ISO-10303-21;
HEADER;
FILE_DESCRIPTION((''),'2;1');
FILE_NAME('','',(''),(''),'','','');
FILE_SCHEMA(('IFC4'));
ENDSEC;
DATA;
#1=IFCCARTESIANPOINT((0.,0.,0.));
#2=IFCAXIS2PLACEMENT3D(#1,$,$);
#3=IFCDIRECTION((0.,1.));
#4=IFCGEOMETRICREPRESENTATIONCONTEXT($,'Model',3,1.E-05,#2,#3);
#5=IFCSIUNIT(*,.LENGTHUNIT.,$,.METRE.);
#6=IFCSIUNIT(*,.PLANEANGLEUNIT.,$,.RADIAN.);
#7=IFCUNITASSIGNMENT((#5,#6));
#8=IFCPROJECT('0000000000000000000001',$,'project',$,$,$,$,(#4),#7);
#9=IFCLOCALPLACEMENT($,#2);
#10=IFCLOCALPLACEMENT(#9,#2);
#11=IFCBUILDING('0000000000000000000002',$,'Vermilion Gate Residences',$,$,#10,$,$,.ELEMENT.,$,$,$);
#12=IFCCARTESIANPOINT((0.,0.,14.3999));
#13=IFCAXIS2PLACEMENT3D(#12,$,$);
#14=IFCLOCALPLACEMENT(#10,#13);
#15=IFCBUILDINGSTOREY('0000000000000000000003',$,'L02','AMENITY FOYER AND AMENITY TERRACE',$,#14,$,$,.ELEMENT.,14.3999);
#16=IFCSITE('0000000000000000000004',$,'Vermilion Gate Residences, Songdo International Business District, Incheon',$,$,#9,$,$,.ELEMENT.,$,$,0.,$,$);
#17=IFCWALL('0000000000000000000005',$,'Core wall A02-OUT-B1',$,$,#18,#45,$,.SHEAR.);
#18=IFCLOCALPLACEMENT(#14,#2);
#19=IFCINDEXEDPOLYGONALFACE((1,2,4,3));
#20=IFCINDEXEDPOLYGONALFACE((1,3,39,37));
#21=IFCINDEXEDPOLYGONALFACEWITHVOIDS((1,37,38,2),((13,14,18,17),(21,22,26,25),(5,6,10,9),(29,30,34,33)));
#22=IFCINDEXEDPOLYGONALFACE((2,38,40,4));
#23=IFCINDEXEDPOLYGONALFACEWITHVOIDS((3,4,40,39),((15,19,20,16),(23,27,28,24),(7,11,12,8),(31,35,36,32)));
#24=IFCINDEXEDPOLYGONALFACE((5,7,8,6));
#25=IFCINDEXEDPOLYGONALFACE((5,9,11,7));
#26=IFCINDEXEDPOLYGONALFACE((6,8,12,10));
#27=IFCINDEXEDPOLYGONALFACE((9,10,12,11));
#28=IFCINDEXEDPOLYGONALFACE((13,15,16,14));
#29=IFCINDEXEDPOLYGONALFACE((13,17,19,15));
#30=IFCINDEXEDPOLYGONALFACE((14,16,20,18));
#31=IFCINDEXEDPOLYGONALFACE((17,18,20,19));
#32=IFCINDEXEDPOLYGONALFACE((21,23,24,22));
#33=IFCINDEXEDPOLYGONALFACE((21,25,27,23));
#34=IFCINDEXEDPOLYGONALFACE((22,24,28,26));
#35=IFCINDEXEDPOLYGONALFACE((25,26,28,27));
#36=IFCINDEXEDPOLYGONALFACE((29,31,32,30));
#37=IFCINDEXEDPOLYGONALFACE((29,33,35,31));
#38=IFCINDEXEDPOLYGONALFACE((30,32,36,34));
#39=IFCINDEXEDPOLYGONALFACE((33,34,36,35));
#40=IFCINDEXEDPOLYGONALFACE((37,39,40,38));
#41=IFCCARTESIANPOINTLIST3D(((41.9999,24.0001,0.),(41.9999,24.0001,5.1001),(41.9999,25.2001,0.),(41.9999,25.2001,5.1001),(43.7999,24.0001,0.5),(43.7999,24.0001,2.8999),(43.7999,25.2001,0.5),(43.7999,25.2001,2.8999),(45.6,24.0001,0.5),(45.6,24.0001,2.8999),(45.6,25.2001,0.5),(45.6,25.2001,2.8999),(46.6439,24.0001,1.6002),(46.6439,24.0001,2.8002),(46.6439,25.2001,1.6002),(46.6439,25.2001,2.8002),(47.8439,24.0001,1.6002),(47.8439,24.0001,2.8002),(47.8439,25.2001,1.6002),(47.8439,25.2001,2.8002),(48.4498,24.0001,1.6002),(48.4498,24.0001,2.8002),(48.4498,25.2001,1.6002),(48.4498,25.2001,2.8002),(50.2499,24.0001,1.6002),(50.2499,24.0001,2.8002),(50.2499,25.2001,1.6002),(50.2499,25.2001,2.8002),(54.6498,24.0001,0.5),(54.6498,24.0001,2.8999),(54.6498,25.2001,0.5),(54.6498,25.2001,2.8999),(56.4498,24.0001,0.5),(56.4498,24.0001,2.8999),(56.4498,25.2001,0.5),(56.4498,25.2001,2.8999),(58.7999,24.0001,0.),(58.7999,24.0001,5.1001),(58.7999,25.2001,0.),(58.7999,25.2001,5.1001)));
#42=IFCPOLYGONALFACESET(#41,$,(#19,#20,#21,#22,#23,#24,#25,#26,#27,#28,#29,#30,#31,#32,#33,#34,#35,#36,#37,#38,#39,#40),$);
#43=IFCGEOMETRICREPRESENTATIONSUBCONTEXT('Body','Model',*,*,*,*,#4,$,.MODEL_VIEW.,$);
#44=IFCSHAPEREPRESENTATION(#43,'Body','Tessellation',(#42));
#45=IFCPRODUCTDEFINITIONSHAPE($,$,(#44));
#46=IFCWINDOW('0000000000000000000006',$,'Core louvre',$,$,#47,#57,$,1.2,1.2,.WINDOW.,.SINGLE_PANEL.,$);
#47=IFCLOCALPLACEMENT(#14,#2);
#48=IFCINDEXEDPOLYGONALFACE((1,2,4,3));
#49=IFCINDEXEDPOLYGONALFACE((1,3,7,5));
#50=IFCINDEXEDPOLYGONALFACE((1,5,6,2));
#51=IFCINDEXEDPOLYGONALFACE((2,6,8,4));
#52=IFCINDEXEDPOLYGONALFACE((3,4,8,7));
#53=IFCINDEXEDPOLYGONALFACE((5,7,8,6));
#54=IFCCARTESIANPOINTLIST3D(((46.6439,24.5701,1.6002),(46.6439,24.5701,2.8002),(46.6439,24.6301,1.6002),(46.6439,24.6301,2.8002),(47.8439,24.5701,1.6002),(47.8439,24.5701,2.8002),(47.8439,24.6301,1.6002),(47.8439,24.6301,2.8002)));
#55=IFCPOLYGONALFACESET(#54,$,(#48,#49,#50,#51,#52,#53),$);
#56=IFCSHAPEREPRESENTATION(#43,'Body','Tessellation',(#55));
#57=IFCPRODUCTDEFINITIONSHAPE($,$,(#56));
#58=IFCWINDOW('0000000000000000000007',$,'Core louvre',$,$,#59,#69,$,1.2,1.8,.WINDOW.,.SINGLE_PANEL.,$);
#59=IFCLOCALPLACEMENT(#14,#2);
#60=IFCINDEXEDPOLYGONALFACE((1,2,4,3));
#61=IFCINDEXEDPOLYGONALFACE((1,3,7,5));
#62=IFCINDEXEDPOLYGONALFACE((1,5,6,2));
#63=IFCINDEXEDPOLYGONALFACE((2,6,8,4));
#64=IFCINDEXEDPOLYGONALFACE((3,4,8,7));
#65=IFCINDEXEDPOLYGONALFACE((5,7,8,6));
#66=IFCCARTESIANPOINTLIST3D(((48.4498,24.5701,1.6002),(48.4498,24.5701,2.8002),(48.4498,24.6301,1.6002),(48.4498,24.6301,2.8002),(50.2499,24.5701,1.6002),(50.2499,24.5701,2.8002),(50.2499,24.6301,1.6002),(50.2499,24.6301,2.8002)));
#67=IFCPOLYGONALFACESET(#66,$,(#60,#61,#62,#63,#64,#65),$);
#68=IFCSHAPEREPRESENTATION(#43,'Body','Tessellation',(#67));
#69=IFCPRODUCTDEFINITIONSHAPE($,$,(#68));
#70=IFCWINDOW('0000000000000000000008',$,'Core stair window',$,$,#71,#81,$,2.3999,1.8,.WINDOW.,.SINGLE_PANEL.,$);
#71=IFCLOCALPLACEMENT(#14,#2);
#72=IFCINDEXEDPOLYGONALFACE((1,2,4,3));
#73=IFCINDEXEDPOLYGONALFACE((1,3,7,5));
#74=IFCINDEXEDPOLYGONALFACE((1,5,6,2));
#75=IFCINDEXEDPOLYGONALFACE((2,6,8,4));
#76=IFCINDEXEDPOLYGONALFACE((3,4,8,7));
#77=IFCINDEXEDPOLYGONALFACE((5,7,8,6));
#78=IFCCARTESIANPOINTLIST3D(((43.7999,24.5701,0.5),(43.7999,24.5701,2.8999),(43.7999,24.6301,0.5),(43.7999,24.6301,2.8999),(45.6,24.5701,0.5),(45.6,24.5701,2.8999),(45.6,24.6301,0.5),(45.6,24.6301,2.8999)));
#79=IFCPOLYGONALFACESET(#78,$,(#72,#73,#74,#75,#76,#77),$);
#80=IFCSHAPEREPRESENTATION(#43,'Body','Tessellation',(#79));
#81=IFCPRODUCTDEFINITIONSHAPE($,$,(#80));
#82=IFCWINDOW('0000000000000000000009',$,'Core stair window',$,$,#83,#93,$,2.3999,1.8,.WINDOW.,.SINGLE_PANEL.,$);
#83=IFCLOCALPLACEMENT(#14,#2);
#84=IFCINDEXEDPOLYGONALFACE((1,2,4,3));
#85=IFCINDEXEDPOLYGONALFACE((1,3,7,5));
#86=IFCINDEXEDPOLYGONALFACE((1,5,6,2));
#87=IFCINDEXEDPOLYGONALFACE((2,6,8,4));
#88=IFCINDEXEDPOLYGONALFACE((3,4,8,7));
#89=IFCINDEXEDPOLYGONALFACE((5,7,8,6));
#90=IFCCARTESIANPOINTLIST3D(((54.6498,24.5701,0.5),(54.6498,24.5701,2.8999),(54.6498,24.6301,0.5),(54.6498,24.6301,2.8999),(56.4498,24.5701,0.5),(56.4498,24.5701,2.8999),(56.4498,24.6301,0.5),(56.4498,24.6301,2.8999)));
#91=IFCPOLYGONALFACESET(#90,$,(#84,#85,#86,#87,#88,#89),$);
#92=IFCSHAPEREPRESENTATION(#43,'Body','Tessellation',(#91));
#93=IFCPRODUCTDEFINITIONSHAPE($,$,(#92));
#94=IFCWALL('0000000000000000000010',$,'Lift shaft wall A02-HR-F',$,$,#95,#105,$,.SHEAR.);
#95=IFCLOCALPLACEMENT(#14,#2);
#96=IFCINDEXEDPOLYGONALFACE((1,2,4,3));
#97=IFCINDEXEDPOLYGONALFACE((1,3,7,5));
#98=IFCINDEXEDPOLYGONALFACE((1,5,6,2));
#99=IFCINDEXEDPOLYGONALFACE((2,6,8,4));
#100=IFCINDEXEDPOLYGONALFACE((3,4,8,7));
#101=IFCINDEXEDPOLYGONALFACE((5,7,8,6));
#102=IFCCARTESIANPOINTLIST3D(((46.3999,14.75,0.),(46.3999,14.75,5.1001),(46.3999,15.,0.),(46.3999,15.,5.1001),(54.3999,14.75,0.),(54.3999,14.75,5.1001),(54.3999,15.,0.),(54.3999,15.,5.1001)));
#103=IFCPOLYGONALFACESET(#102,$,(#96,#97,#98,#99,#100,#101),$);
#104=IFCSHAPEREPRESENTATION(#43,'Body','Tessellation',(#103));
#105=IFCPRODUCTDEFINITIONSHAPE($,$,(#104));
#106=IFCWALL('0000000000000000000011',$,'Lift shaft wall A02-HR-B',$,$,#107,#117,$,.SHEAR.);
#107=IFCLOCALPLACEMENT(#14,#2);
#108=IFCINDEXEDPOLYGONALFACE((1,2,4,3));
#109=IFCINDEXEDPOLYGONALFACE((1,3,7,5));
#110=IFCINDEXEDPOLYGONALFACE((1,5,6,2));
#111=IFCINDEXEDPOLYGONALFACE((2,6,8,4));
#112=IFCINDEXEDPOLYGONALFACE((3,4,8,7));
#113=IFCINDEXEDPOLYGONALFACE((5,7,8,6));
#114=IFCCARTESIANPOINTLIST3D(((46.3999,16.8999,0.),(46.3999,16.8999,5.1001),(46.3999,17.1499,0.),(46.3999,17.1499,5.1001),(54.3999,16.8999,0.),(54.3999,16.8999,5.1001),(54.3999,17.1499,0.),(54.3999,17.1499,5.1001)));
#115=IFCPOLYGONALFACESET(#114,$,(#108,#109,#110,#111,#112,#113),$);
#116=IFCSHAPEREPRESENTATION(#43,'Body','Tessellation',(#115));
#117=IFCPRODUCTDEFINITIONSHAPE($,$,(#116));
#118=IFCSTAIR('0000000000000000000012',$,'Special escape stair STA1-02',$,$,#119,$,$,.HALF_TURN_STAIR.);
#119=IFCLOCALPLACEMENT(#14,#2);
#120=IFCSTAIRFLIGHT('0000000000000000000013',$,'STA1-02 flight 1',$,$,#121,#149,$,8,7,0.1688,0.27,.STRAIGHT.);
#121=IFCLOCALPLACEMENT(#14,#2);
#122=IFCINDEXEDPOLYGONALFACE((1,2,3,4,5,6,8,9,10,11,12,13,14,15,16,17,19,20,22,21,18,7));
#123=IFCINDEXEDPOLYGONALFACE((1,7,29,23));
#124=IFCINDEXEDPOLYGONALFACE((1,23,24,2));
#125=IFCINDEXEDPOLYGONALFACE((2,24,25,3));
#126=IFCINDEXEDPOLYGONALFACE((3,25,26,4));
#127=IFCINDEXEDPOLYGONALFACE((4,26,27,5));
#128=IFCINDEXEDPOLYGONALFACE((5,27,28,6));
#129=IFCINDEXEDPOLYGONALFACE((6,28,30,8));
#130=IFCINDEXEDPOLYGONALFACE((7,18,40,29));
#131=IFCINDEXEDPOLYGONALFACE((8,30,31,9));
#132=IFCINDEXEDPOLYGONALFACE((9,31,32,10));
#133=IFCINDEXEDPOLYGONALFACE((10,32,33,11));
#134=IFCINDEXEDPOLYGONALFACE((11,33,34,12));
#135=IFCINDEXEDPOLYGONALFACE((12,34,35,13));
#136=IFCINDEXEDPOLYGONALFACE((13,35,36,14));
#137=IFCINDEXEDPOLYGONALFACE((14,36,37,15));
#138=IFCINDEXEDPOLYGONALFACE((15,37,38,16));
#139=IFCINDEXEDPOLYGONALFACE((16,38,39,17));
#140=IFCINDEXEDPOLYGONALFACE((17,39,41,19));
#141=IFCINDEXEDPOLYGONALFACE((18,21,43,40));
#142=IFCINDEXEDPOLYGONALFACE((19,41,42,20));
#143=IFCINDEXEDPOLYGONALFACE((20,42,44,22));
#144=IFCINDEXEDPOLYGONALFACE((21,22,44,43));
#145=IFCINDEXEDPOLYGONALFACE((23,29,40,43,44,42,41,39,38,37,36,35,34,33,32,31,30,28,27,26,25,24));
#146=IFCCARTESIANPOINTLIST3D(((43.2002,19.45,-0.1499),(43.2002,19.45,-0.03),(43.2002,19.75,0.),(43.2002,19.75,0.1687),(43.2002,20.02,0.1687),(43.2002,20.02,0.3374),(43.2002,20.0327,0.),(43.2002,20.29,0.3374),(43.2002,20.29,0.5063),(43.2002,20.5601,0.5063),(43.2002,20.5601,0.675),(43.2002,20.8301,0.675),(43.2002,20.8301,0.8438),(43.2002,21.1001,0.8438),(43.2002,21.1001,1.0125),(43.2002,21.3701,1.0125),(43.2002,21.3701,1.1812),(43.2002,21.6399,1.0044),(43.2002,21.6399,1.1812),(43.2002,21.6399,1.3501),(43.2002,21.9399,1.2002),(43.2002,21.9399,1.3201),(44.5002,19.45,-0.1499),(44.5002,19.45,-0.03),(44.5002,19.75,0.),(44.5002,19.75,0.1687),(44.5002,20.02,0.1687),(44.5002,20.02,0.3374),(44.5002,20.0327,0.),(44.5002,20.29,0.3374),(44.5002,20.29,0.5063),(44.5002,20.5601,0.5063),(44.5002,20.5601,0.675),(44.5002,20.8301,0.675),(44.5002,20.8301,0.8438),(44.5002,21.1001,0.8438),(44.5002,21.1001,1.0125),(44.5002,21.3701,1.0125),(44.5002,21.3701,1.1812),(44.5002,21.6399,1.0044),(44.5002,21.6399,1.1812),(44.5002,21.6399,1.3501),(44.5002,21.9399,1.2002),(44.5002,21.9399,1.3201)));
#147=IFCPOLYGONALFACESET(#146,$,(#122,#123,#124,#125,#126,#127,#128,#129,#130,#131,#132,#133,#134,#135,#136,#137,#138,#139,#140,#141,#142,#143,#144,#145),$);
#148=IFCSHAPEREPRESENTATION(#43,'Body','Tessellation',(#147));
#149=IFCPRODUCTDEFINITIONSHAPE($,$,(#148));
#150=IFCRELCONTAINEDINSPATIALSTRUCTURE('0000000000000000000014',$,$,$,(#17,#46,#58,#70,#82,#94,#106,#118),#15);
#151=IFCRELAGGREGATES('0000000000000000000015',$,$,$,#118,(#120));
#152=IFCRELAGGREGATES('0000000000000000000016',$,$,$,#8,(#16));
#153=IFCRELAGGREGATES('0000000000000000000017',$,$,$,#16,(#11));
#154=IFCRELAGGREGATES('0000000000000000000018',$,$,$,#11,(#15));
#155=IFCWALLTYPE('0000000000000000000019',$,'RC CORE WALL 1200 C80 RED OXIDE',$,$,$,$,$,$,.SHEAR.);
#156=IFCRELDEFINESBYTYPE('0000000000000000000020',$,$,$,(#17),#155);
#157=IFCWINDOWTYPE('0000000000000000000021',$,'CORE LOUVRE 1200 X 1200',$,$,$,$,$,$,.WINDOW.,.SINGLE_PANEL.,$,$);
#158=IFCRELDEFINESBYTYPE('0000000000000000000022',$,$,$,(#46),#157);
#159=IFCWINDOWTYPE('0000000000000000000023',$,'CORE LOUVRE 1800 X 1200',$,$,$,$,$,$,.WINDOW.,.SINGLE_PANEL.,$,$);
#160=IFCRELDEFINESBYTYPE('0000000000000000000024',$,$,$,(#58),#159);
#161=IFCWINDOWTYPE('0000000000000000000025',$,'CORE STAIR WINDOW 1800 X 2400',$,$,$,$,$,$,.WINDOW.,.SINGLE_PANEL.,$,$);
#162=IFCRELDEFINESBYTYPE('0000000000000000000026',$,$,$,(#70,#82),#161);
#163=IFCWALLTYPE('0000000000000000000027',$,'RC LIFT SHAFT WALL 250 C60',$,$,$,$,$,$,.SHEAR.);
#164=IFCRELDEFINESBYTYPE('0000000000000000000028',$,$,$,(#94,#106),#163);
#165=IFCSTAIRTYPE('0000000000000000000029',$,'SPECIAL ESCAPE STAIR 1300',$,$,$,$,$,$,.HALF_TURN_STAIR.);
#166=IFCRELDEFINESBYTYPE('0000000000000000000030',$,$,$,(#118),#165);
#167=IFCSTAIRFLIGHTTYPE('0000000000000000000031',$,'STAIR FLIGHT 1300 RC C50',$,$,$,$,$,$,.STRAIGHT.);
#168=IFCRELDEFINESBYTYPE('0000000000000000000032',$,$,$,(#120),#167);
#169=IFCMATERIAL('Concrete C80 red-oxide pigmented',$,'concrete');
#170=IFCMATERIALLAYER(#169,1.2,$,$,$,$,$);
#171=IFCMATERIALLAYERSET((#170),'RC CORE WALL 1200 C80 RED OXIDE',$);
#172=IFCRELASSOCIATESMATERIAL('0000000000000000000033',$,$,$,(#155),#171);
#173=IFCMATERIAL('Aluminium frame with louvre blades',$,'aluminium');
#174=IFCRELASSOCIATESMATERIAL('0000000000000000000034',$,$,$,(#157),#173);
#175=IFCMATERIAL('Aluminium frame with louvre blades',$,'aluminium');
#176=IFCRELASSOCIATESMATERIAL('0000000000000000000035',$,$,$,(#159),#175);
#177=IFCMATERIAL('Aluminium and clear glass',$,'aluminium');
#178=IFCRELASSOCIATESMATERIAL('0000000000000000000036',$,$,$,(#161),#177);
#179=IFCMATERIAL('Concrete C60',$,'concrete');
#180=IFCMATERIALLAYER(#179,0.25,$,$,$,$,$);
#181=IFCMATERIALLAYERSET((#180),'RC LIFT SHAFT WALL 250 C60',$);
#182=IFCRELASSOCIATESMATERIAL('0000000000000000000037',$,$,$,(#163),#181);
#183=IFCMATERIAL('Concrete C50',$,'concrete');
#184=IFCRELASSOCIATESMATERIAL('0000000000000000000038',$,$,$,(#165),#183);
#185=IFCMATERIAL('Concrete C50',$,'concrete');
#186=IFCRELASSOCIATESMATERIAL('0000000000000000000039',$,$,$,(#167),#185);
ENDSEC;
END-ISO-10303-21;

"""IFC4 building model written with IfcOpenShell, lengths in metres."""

from ifc_helpers import new_model, si_unit, direction, frame, frame_2d, origin, place, context, subcontext, project, spatial, polyline, rectangle, outline, extrude, material, layer, layer_set, type_object, element, fill, aggregate, save


model = new_model("IFC4")

# Units and contexts
model_context = context("Model", 3, precision=1e-05, world=origin(), true_north=direction((0.0, 1.0)))
body_context = subcontext(model_context, "Body", "Model", "MODEL_VIEW")
ifc_project = project(units=[si_unit("LENGTHUNIT", "METRE"), si_unit("PLANEANGLEUNIT", "RADIAN")], contexts=[model_context])

# Site, building, storey
site_placement = place(None, origin())
site = spatial("IfcSite", under=ifc_project, at=site_placement, Name="Vermilion Gate Residences, Songdo International Business District, Incheon", CompositionType="ELEMENT", RefElevation=0.0)
building_placement = place(site_placement, origin())
building = spatial("IfcBuilding", under=site, at=building_placement, Name="Vermilion Gate Residences", CompositionType="ELEMENT")
storey_placement = place(building_placement, frame((0.0, 0.0, 14.3999)))
storey = spatial("IfcBuildingStorey", under=building, at=storey_placement, Name="L02", Description="AMENITY FOYER AND AMENITY TERRACE", CompositionType="ELEMENT", Elevation=14.3999)

# Wall, openings, windows
ifc_material_1 = material(Name="Concrete C80 red-oxide pigmented", Category="concrete")
ifc_layer_1 = layer(ifc_material_1, 1.2)
ifc_layer_set_1 = layer_set([ifc_layer_1], Name="RC CORE WALL 1200 C80 RED OXIDE")
wall_type_1 = type_object("IfcWallType", Name="RC CORE WALL 1200 C80 RED OXIDE", PredefinedType="SHEAR", material=ifc_layer_set_1)
wall_1_placement = place(storey_placement, frame((42.0, 24.6001, 0.0), z_axis=(0.0, 0.0, 1.0), x_axis=(1.0, 0.0, 0.0)))
wall_1 = element("IfcWall", 1, at=wall_1_placement, inside=storey, type_object=wall_type_1, Name="Core wall A02-OUT-B1", PredefinedType="SHEAR", context=body_context, shape_type="SweptSolid", body=[
    extrude(rectangle(XDim=16.8, YDim=1.2, at=frame_2d((8.3999, 0.0))), origin(), (0.0, 0.0, 1.0), 5.1001),
])
opening_1_placement = place(wall_1_placement, frame((1.8, 0.0, 0.5)))
opening_1 = element("IfcOpeningElement", 2, at=opening_1_placement, cuts=wall_1, PredefinedType="OPENING", context=body_context, shape_type="SweptSolid", body=[
    extrude(rectangle(XDim=1.8, YDim=2.3999, at=frame_2d((0.8999, 1.2))), frame((0.0, 0.6099, 0.0), z_axis=(0.0, -1.0, 0.0), x_axis=(1.0, 0.0, 0.0)), (0.0, 0.0, 1.0), 1.22),
])
opening_2_placement = place(wall_1_placement, frame((4.6438, 0.0, 1.6001)))
opening_2 = element("IfcOpeningElement", 3, at=opening_2_placement, cuts=wall_1, PredefinedType="OPENING", context=body_context, shape_type="SweptSolid", body=[
    extrude(rectangle(XDim=1.2, YDim=1.2, at=frame_2d((0.6001, 0.6001))), frame((0.0, 0.6099, 0.0), z_axis=(0.0, -1.0, 0.0), x_axis=(1.0, 0.0, 0.0)), (0.0, 0.0, 1.0), 1.22),
])
opening_3_placement = place(wall_1_placement, frame((6.45, 0.0, 1.6001)))
opening_3 = element("IfcOpeningElement", 4, at=opening_3_placement, cuts=wall_1, PredefinedType="OPENING", context=body_context, shape_type="SweptSolid", body=[
    extrude(rectangle(XDim=1.8, YDim=1.2, at=frame_2d((0.8999, 0.6001))), frame((0.0, 0.6099, 0.0), z_axis=(0.0, -1.0, 0.0), x_axis=(1.0, 0.0, 0.0)), (0.0, 0.0, 1.0), 1.22),
])
opening_4_placement = place(wall_1_placement, frame((12.6499, 0.0, 0.5)))
opening_4 = element("IfcOpeningElement", 5, at=opening_4_placement, cuts=wall_1, PredefinedType="OPENING", context=body_context, shape_type="SweptSolid", body=[
    extrude(rectangle(XDim=1.8, YDim=2.3999, at=frame_2d((0.8999, 1.2))), frame((0.0, 0.6099, 0.0), z_axis=(0.0, -1.0, 0.0), x_axis=(1.0, 0.0, 0.0)), (0.0, 0.0, 1.0), 1.22),
])
ifc_material_2 = material(Name="Aluminium frame with louvre blades", Category="aluminium")
window_type_1 = type_object("IfcWindowType", Name="CORE LOUVRE 1200 X 1200", PartitioningType="SINGLE_PANEL", PredefinedType="WINDOW", material=ifc_material_2)
window_1_placement = place(opening_2_placement, origin())
window_1 = element("IfcWindow", 6, at=window_1_placement, inside=storey, type_object=window_type_1, Name="Core louvre", OverallHeight=1.2, OverallWidth=1.2, PartitioningType="SINGLE_PANEL", PredefinedType="WINDOW", context=body_context, shape_type="SweptSolid", body=[
    extrude(rectangle(XDim=1.2, YDim=1.2, at=frame_2d((0.6001, 0.6001))), frame((0.0, 0.03, 0.0), z_axis=(0.0, -1.0, 0.0), x_axis=(1.0, 0.0, 0.0)), (0.0, 0.0, 1.0), 0.0601),
])
fill(opening_2, window_1)
ifc_material_3 = material(Name="Aluminium frame with louvre blades", Category="aluminium")
window_type_2 = type_object("IfcWindowType", Name="CORE LOUVRE 1800 X 1200", PartitioningType="SINGLE_PANEL", PredefinedType="WINDOW", material=ifc_material_3)
window_2_placement = place(opening_3_placement, origin())
window_2 = element("IfcWindow", 7, at=window_2_placement, inside=storey, type_object=window_type_2, Name="Core louvre", OverallHeight=1.2, OverallWidth=1.8, PartitioningType="SINGLE_PANEL", PredefinedType="WINDOW", context=body_context, shape_type="SweptSolid", body=[
    extrude(rectangle(XDim=1.8, YDim=1.2, at=frame_2d((0.8999, 0.6001))), frame((0.0, 0.03, 0.0), z_axis=(0.0, -1.0, 0.0), x_axis=(1.0, 0.0, 0.0)), (0.0, 0.0, 1.0), 0.0601),
])
fill(opening_3, window_2)
ifc_material_4 = material(Name="Aluminium and clear glass", Category="aluminium")
window_type_3 = type_object("IfcWindowType", Name="CORE STAIR WINDOW 1800 X 2400", PartitioningType="SINGLE_PANEL", PredefinedType="WINDOW", material=ifc_material_4)
window_3_placement = place(opening_1_placement, origin())
window_3 = element("IfcWindow", 8, at=window_3_placement, inside=storey, type_object=window_type_3, Name="Core stair window", OverallHeight=2.3999, OverallWidth=1.8, PartitioningType="SINGLE_PANEL", PredefinedType="WINDOW", context=body_context, shape_type="SweptSolid", body=[
    extrude(rectangle(XDim=1.8, YDim=2.3999, at=frame_2d((0.8999, 1.2))), frame((0.0, 0.03, 0.0), z_axis=(0.0, -1.0, 0.0), x_axis=(1.0, 0.0, 0.0)), (0.0, 0.0, 1.0), 0.0601),
])
fill(opening_1, window_3)
window_4_placement = place(opening_4_placement, origin())
window_4 = element("IfcWindow", 9, at=window_4_placement, inside=storey, type_object=window_type_3, Name="Core stair window", OverallHeight=2.3999, OverallWidth=1.8, PartitioningType="SINGLE_PANEL", PredefinedType="WINDOW", context=body_context, shape_type="SweptSolid", body=[
    extrude(rectangle(XDim=1.8, YDim=2.3999, at=frame_2d((0.8999, 1.2))), frame((0.0, 0.03, 0.0), z_axis=(0.0, -1.0, 0.0), x_axis=(1.0, 0.0, 0.0)), (0.0, 0.0, 1.0), 0.0601),
])
fill(opening_4, window_4)

# Walls
ifc_material_5 = material(Name="Concrete C60", Category="concrete")
ifc_layer_2 = layer(ifc_material_5, 0.25)
ifc_layer_set_2 = layer_set([ifc_layer_2], Name="RC LIFT SHAFT WALL 250 C60")
wall_type_2 = type_object("IfcWallType", Name="RC LIFT SHAFT WALL 250 C60", PredefinedType="SHEAR", material=ifc_layer_set_2)
for number, where, z_axis, x_axis, name in (
    (10, (46.3999, 14.875, 0.0), (0.0, 0.0, 1.0), (1.0, 0.0, 0.0), "Lift shaft wall A02-HR-F"),
    (11, (46.3999, 17.0249, 0.0), (0.0, 0.0, 1.0), (1.0, 0.0, 0.0), "Lift shaft wall A02-HR-B"),
):
    element("IfcWall", number, at=place(storey_placement, frame(where, z_axis=z_axis, x_axis=x_axis)), inside=storey, type_object=wall_type_2, Name=name, PredefinedType="SHEAR", context=body_context, shape_type="SweptSolid", body=[
        extrude(rectangle(XDim=8.0, YDim=0.25, at=frame_2d((4.0, 0.0))), origin(), (0.0, 0.0, 1.0), 5.1001),
    ])

# Stair, stair flight
ifc_material_6 = material(Name="Concrete C50", Category="concrete")
stair_type = type_object("IfcStairType", Name="SPECIAL ESCAPE STAIR 1300", PredefinedType="HALF_TURN_STAIR", material=ifc_material_6)
stair_placement = place(storey_placement, origin())
stair = element("IfcStair", 12, at=stair_placement, inside=storey, type_object=stair_type, Name="Special escape stair STA1-02", PredefinedType="HALF_TURN_STAIR")
ifc_material_7 = material(Name="Concrete C50", Category="concrete")
stair_flight_type = type_object("IfcStairFlightType", Name="STAIR FLIGHT 1300 RC C50", PredefinedType="STRAIGHT", material=ifc_material_7)
stair_flight_1_placement = place(storey_placement, frame((43.8501, 19.75, 0.0), z_axis=(0.0, 0.0, 1.0), x_axis=(0.0, 1.0, 0.0)))
stair_flight_1 = element("IfcStairFlight", 13, at=stair_flight_1_placement, type_object=stair_flight_type, Name="STA1-02 flight 1", NumberOfRisers=8, NumberOfTreads=7, PredefinedType="STRAIGHT", RiserHeight=0.1688, TreadLength=0.27, context=body_context, shape_type="SweptSolid", body=[
    extrude(outline(polyline([(-0.3, -0.1499), (-0.3, -0.03), (0.0, 0.0), (0.0, 0.1687), (0.27, 0.1687), (0.27, 0.3374), (0.54, 0.3374), (0.54, 0.5063), (0.8101, 0.5063), (0.8101, 0.675), (1.0801, 0.675), (1.0801, 0.8438), (1.3501, 0.8438), (1.3501, 1.0125), (1.6201, 1.0125), (1.6201, 1.1812), (1.8899, 1.1812), (1.8899, 1.3501), (2.1899, 1.3201), (2.1899, 1.2002), (1.8899, 1.0044), (0.2827, 0.0), (-0.3, -0.1499)])), frame((0.0, 0.6499, 0.0), z_axis=(0.0, -1.0, 0.0), x_axis=(1.0, 0.0, 0.0)), (0.0, 0.0, 1.0), 1.3),
])
aggregate(stair, [stair_flight_1])

save(model, "model.ifc")
